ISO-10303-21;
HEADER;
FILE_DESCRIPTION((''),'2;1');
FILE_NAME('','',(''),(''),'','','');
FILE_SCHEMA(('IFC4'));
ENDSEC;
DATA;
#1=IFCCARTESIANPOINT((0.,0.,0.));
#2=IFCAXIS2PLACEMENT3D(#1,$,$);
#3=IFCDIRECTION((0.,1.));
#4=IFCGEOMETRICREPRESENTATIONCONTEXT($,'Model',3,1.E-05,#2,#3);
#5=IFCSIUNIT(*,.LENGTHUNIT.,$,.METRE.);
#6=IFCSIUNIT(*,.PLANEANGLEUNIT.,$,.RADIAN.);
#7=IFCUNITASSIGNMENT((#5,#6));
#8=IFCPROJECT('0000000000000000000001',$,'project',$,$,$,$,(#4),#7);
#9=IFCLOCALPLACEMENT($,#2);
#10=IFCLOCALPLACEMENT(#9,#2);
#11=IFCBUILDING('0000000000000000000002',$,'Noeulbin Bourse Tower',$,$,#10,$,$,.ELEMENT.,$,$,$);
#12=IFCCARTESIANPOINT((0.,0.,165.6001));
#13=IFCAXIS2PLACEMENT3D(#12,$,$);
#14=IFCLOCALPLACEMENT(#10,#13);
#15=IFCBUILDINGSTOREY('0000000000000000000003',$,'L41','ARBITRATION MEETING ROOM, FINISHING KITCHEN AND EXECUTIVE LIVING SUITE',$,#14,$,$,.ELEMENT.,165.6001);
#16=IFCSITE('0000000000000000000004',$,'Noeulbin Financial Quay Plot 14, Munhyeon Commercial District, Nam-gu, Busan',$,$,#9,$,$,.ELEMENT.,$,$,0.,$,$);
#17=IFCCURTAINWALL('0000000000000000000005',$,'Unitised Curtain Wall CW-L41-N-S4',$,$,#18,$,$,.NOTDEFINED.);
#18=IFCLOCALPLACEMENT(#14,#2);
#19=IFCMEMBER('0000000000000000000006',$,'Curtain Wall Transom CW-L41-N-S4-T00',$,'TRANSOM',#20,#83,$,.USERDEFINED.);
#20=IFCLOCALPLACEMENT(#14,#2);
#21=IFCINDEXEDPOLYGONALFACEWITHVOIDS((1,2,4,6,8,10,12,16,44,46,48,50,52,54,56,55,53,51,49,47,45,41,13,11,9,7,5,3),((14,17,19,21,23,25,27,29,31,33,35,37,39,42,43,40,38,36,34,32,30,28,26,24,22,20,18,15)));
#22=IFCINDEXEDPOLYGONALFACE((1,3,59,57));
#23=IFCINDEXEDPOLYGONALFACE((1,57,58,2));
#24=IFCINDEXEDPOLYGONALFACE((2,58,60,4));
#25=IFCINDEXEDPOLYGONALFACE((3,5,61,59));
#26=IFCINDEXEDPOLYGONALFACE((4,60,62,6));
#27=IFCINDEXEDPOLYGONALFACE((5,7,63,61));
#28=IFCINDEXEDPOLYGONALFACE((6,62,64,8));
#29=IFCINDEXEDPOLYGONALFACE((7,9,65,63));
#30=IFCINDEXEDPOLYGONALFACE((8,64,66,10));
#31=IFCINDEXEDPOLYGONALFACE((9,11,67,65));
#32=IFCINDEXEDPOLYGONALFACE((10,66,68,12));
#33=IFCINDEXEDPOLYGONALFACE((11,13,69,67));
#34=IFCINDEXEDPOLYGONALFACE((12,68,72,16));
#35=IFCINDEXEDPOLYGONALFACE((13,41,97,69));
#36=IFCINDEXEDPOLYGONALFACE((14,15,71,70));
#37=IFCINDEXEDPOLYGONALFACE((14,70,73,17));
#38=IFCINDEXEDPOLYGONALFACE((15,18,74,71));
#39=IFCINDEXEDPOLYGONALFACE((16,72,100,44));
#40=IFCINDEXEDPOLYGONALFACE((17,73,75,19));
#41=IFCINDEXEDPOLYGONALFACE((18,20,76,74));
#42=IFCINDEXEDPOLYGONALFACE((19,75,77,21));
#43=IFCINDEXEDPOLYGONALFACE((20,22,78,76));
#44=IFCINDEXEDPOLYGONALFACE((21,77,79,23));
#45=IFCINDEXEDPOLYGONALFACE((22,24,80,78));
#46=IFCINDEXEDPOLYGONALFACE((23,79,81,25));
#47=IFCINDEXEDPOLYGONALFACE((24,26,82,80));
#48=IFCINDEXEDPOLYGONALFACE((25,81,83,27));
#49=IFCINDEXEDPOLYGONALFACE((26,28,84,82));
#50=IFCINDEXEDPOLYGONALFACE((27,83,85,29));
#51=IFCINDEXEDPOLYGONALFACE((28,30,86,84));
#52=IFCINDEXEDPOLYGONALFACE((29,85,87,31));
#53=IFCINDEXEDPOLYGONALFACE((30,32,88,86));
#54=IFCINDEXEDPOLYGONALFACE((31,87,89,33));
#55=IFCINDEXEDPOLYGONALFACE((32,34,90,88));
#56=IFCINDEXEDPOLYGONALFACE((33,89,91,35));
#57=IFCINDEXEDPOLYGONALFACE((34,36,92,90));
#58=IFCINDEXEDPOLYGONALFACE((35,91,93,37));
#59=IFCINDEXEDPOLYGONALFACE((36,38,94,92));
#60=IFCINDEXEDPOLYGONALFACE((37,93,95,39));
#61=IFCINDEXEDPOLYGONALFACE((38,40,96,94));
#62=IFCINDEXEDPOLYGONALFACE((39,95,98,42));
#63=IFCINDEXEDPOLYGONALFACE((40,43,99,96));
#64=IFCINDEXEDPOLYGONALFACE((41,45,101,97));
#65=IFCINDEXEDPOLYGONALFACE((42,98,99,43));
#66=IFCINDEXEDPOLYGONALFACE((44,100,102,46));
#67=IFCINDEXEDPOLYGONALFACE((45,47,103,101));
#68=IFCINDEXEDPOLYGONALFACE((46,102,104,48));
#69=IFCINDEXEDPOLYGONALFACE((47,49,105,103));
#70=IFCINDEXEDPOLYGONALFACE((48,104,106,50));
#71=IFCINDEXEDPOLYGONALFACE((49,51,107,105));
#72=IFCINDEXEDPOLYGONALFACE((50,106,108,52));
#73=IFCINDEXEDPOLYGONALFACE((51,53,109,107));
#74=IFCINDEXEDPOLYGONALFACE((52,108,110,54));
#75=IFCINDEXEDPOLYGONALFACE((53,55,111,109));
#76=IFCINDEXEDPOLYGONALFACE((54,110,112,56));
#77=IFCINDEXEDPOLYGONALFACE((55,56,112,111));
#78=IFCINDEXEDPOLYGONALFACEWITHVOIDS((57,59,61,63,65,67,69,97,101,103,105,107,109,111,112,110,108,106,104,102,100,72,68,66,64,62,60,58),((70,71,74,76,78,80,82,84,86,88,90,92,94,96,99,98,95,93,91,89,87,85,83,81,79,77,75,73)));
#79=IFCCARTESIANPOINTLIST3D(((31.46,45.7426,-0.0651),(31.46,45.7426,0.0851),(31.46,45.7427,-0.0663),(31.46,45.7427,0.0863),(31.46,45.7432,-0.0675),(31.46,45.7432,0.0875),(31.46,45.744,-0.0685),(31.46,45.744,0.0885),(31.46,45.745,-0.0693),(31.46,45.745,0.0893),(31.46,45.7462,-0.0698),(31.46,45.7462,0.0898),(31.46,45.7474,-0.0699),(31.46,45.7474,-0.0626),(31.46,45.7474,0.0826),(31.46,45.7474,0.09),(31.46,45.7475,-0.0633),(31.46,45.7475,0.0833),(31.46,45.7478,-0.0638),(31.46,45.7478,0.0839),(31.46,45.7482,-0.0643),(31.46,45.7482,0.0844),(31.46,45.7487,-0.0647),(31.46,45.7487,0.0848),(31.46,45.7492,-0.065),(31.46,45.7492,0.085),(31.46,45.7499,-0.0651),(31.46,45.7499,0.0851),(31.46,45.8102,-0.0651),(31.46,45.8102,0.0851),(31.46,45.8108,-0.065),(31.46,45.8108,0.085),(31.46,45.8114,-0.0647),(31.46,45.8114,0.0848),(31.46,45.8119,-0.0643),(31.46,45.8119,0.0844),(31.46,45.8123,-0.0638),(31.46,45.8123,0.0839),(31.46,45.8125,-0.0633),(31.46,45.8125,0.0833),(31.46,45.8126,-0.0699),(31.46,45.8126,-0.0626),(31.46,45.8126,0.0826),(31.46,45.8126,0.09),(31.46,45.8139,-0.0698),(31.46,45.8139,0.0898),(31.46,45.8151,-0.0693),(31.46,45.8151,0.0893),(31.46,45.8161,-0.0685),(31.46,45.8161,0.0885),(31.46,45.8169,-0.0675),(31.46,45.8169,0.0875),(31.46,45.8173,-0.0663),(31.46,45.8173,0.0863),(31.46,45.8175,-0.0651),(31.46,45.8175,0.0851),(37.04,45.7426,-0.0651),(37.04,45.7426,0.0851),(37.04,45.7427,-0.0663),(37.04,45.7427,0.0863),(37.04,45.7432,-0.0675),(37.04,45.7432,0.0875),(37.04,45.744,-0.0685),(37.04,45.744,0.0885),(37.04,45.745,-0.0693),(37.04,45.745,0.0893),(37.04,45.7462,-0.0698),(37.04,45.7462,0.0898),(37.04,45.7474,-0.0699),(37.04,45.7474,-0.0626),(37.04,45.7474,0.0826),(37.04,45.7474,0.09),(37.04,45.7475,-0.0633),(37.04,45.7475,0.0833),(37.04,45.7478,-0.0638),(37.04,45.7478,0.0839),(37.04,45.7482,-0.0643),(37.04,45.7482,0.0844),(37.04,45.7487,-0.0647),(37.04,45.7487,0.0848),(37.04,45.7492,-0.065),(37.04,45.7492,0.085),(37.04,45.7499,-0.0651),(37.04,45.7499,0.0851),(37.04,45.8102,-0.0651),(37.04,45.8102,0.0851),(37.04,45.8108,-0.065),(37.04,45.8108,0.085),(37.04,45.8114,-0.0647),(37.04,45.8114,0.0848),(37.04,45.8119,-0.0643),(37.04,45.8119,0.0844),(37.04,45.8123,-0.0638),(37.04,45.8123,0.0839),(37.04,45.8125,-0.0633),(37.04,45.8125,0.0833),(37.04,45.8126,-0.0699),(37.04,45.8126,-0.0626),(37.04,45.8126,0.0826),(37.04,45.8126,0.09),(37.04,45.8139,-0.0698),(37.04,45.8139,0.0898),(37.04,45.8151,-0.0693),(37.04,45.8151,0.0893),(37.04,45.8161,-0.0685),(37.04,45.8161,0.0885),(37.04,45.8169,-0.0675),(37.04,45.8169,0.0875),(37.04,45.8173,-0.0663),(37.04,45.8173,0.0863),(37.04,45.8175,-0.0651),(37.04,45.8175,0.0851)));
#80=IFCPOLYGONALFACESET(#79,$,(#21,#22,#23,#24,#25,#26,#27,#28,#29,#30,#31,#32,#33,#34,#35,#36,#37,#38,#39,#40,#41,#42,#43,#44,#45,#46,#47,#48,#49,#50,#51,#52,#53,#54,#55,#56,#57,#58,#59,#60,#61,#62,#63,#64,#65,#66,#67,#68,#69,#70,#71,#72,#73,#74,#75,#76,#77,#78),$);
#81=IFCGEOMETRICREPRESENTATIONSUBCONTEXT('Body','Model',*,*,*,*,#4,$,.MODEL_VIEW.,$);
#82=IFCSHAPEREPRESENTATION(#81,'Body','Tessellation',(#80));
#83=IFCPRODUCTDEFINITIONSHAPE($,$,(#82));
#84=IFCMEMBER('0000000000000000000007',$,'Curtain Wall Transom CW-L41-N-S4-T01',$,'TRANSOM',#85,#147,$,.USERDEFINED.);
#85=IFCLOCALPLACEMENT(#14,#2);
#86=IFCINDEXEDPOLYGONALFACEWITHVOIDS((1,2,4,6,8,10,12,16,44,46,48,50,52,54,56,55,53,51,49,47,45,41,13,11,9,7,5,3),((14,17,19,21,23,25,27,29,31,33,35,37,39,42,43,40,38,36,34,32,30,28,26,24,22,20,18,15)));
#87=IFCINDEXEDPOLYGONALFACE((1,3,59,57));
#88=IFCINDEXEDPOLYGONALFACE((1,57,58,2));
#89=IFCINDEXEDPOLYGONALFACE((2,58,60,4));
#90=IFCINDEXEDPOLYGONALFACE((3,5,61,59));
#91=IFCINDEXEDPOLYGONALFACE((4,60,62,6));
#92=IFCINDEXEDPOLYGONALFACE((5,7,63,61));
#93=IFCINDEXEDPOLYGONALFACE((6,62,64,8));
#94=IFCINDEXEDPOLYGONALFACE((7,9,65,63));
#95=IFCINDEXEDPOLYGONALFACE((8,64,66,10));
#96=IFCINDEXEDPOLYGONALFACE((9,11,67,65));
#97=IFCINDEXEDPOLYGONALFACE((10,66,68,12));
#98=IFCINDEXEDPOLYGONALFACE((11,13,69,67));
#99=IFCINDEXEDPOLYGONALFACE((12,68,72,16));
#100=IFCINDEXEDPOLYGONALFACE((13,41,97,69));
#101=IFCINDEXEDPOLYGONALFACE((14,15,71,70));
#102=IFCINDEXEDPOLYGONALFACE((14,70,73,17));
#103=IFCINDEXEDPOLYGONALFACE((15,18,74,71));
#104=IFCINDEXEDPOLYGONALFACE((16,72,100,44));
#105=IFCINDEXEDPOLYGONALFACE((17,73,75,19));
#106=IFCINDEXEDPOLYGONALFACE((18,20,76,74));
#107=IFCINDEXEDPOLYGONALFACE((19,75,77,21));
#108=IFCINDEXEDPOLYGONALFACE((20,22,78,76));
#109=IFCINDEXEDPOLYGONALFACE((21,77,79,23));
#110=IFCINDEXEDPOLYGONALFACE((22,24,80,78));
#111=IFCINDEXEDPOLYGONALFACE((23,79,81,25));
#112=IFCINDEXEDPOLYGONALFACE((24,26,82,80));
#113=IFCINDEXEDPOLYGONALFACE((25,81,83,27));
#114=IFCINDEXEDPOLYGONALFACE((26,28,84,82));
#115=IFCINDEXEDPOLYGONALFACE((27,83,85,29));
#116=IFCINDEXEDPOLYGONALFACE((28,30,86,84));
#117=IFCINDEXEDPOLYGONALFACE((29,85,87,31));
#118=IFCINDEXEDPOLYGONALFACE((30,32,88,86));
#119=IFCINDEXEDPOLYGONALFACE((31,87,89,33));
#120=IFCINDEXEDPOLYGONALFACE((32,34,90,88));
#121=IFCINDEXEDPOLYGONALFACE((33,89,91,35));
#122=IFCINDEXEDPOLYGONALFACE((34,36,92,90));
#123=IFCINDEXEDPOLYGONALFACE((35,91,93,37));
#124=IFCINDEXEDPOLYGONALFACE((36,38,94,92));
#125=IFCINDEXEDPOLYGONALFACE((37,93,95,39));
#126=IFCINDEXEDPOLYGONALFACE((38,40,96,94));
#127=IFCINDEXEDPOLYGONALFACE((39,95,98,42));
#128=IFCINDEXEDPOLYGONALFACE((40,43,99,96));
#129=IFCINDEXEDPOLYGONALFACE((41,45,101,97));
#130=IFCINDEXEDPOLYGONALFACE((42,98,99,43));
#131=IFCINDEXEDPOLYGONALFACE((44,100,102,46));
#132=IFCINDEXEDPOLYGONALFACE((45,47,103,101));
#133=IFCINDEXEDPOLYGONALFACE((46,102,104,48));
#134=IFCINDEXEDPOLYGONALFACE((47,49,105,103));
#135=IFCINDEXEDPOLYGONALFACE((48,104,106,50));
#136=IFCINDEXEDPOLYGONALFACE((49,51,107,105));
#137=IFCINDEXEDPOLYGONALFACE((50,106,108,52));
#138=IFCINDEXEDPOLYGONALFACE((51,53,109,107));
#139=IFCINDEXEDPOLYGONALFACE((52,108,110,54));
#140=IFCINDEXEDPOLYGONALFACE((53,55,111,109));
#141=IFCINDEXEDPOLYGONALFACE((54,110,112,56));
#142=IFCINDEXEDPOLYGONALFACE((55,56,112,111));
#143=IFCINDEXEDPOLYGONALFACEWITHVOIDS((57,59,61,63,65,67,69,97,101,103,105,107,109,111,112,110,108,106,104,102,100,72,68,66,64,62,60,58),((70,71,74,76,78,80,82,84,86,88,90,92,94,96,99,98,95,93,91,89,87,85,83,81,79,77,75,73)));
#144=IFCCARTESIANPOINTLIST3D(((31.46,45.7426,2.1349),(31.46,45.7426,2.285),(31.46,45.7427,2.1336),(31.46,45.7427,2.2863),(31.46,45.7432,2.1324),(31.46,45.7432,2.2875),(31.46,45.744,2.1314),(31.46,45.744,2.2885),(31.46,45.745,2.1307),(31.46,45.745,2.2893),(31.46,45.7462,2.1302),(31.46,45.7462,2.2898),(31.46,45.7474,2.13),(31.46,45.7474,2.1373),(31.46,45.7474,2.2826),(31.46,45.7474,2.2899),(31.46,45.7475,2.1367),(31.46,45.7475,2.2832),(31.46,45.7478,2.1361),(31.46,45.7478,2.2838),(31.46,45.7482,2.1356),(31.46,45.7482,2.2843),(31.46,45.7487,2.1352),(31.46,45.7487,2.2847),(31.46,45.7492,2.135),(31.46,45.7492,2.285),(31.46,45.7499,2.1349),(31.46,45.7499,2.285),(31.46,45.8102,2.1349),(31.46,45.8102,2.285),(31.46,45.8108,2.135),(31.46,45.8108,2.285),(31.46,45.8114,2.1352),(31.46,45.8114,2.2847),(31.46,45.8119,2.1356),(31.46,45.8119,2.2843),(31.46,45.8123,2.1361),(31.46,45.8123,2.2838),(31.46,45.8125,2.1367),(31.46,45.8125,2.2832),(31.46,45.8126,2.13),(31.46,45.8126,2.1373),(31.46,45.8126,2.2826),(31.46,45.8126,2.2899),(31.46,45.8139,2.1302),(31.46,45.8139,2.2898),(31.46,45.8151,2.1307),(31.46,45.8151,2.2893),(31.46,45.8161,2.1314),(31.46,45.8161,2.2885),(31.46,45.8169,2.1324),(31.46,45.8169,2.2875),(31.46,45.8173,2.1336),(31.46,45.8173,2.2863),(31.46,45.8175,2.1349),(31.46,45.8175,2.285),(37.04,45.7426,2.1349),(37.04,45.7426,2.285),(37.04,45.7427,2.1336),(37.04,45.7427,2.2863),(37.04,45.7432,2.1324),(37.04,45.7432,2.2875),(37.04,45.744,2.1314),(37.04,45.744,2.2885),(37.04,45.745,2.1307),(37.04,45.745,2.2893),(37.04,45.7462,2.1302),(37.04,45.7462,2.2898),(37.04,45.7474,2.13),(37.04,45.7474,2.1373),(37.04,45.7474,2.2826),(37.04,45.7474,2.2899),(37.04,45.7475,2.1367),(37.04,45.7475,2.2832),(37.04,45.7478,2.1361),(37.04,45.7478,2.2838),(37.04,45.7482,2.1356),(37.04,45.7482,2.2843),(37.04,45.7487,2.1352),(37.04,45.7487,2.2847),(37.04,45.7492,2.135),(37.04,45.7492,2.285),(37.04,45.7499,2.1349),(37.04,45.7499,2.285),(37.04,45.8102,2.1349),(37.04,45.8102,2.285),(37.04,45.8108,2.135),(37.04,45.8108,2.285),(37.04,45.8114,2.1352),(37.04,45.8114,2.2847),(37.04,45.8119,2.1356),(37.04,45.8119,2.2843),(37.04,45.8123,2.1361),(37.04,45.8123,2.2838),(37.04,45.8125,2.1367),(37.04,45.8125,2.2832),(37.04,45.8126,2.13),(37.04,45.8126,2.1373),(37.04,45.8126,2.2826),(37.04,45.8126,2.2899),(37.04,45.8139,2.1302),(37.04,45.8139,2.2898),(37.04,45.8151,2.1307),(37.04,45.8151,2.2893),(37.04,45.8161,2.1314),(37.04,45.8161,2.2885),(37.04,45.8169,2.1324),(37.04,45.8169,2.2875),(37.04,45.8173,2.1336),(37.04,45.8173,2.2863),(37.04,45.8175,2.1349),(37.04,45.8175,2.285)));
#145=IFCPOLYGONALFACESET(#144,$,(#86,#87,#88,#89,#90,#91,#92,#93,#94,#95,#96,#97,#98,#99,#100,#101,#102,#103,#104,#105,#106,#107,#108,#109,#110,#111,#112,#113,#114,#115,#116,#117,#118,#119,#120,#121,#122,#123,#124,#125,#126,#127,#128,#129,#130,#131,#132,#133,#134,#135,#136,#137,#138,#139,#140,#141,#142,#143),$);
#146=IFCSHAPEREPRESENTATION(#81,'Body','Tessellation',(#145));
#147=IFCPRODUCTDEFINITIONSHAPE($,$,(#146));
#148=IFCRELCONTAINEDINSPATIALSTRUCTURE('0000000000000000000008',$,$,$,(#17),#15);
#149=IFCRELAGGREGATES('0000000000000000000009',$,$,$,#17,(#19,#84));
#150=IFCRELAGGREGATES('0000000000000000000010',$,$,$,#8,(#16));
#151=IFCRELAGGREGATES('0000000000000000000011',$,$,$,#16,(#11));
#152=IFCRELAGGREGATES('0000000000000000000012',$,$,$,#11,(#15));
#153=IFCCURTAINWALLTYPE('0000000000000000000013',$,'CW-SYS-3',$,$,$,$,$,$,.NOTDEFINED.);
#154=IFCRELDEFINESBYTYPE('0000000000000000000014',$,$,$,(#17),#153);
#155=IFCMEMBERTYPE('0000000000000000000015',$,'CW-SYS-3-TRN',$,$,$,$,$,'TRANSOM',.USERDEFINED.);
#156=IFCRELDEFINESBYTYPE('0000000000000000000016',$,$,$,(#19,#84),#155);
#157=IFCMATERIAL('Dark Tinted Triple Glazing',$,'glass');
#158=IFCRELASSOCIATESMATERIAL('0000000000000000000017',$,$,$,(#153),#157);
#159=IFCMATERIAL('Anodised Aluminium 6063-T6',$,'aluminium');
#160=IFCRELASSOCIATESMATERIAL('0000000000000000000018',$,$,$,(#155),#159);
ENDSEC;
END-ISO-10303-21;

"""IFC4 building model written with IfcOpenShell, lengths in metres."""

from ifc_helpers import new_model, si_unit, direction, frame, origin, origin_2d, place, context, subcontext, project, spatial, hollow_rectangle, extrude, material, material_profile, profile_set, type_object, element, aggregate, save


model = new_model("IFC4")

# Units and contexts
model_context = context("Model", 3, precision=1e-05, world=origin(), true_north=direction((0.0, 1.0)))
body_context = subcontext(model_context, "Body", "Model", "MODEL_VIEW")
ifc_project = project(units=[si_unit("LENGTHUNIT", "METRE"), si_unit("PLANEANGLEUNIT", "RADIAN")], contexts=[model_context])

# Site, building, storey
site_placement = place(None, origin())
site = spatial("IfcSite", under=ifc_project, at=site_placement, Name="Noeulbin Financial Quay Plot 14, Munhyeon Commercial District, Nam-gu, Busan", CompositionType="ELEMENT", RefElevation=0.0)
building_placement = place(site_placement, origin())
building = spatial("IfcBuilding", under=site, at=building_placement, Name="Noeulbin Bourse Tower", CompositionType="ELEMENT")
storey_placement = place(building_placement, frame((0.0, 0.0, 165.6001)))
storey = spatial("IfcBuildingStorey", under=building, at=storey_placement, Name="L41", Description="ARBITRATION MEETING ROOM, FINISHING KITCHEN AND EXECUTIVE LIVING SUITE", CompositionType="ELEMENT", Elevation=165.6001)

# Shared definitions
ifc_material_1 = material(Name="Dark Tinted Triple Glazing", Category="glass")
curtain_wall_type = type_object("IfcCurtainWallType", Name="CW-SYS-3", PredefinedType="NOTDEFINED", material=ifc_material_1)
ifc_material_2 = material(Name="Anodised Aluminium 6063-T6", Category="aluminium")

# Curtain wall
curtain_wall_1_placement = place(storey_placement, origin())
curtain_wall_1 = element("IfcCurtainWall", 1, at=curtain_wall_1_placement, inside=storey, type_object=curtain_wall_type, Name="Unitised Curtain Wall CW-L41-N-S4", PredefinedType="NOTDEFINED")

# Members
ifc_material_profile_1 = material_profile(ifc_material_2, hollow_rectangle(XDim=0.075, YDim=0.1599, WallThickness=0.0049, InnerFilletRadius=0.0024, OuterFilletRadius=0.0049, at=origin_2d()), Name="ALU-TRAN-75x160x5", Category="LoadBearing")
ifc_profile_set_1 = profile_set([ifc_material_profile_1], Name="Anodised Aluminium 6063-T6")
member_type_1 = type_object("IfcMemberType", Name="CW-SYS-3-TRN", ElementType="TRANSOM", PredefinedType="USERDEFINED", material=ifc_profile_set_1)
member_1_placement = place(storey_placement, frame((31.46, 45.78, 0.01), z_axis=(1.0, 0.0, 0.0), x_axis=(0.0, 1.0, 0.0)))
member_1 = element("IfcMember", 2, at=member_1_placement, type_object=member_type_1, Name="Curtain Wall Transom CW-L41-N-S4-T00", ObjectType="TRANSOM", PredefinedType="USERDEFINED", context=body_context, shape_type="SweptSolid", body=[
    extrude(hollow_rectangle(XDim=0.075, YDim=0.1599, WallThickness=0.0049, InnerFilletRadius=0.0024, OuterFilletRadius=0.0049, at=origin_2d()), origin(), (0.0, 0.0, 1.0), 5.5801),
])
member_2_placement = place(storey_placement, frame((31.46, 45.78, 2.21), z_axis=(1.0, 0.0, 0.0), x_axis=(0.0, 1.0, 0.0)))
member_2 = element("IfcMember", 3, at=member_2_placement, type_object=member_type_1, Name="Curtain Wall Transom CW-L41-N-S4-T01", ObjectType="TRANSOM", PredefinedType="USERDEFINED", context=body_context, shape_type="SweptSolid", body=[
    extrude(hollow_rectangle(XDim=0.075, YDim=0.1599, WallThickness=0.0049, InnerFilletRadius=0.0024, OuterFilletRadius=0.0049, at=origin_2d()), origin(), (0.0, 0.0, 1.0), 5.5801),
])

aggregate(curtain_wall_1, [member_1, member_2])

save(model, "model.ifc")
